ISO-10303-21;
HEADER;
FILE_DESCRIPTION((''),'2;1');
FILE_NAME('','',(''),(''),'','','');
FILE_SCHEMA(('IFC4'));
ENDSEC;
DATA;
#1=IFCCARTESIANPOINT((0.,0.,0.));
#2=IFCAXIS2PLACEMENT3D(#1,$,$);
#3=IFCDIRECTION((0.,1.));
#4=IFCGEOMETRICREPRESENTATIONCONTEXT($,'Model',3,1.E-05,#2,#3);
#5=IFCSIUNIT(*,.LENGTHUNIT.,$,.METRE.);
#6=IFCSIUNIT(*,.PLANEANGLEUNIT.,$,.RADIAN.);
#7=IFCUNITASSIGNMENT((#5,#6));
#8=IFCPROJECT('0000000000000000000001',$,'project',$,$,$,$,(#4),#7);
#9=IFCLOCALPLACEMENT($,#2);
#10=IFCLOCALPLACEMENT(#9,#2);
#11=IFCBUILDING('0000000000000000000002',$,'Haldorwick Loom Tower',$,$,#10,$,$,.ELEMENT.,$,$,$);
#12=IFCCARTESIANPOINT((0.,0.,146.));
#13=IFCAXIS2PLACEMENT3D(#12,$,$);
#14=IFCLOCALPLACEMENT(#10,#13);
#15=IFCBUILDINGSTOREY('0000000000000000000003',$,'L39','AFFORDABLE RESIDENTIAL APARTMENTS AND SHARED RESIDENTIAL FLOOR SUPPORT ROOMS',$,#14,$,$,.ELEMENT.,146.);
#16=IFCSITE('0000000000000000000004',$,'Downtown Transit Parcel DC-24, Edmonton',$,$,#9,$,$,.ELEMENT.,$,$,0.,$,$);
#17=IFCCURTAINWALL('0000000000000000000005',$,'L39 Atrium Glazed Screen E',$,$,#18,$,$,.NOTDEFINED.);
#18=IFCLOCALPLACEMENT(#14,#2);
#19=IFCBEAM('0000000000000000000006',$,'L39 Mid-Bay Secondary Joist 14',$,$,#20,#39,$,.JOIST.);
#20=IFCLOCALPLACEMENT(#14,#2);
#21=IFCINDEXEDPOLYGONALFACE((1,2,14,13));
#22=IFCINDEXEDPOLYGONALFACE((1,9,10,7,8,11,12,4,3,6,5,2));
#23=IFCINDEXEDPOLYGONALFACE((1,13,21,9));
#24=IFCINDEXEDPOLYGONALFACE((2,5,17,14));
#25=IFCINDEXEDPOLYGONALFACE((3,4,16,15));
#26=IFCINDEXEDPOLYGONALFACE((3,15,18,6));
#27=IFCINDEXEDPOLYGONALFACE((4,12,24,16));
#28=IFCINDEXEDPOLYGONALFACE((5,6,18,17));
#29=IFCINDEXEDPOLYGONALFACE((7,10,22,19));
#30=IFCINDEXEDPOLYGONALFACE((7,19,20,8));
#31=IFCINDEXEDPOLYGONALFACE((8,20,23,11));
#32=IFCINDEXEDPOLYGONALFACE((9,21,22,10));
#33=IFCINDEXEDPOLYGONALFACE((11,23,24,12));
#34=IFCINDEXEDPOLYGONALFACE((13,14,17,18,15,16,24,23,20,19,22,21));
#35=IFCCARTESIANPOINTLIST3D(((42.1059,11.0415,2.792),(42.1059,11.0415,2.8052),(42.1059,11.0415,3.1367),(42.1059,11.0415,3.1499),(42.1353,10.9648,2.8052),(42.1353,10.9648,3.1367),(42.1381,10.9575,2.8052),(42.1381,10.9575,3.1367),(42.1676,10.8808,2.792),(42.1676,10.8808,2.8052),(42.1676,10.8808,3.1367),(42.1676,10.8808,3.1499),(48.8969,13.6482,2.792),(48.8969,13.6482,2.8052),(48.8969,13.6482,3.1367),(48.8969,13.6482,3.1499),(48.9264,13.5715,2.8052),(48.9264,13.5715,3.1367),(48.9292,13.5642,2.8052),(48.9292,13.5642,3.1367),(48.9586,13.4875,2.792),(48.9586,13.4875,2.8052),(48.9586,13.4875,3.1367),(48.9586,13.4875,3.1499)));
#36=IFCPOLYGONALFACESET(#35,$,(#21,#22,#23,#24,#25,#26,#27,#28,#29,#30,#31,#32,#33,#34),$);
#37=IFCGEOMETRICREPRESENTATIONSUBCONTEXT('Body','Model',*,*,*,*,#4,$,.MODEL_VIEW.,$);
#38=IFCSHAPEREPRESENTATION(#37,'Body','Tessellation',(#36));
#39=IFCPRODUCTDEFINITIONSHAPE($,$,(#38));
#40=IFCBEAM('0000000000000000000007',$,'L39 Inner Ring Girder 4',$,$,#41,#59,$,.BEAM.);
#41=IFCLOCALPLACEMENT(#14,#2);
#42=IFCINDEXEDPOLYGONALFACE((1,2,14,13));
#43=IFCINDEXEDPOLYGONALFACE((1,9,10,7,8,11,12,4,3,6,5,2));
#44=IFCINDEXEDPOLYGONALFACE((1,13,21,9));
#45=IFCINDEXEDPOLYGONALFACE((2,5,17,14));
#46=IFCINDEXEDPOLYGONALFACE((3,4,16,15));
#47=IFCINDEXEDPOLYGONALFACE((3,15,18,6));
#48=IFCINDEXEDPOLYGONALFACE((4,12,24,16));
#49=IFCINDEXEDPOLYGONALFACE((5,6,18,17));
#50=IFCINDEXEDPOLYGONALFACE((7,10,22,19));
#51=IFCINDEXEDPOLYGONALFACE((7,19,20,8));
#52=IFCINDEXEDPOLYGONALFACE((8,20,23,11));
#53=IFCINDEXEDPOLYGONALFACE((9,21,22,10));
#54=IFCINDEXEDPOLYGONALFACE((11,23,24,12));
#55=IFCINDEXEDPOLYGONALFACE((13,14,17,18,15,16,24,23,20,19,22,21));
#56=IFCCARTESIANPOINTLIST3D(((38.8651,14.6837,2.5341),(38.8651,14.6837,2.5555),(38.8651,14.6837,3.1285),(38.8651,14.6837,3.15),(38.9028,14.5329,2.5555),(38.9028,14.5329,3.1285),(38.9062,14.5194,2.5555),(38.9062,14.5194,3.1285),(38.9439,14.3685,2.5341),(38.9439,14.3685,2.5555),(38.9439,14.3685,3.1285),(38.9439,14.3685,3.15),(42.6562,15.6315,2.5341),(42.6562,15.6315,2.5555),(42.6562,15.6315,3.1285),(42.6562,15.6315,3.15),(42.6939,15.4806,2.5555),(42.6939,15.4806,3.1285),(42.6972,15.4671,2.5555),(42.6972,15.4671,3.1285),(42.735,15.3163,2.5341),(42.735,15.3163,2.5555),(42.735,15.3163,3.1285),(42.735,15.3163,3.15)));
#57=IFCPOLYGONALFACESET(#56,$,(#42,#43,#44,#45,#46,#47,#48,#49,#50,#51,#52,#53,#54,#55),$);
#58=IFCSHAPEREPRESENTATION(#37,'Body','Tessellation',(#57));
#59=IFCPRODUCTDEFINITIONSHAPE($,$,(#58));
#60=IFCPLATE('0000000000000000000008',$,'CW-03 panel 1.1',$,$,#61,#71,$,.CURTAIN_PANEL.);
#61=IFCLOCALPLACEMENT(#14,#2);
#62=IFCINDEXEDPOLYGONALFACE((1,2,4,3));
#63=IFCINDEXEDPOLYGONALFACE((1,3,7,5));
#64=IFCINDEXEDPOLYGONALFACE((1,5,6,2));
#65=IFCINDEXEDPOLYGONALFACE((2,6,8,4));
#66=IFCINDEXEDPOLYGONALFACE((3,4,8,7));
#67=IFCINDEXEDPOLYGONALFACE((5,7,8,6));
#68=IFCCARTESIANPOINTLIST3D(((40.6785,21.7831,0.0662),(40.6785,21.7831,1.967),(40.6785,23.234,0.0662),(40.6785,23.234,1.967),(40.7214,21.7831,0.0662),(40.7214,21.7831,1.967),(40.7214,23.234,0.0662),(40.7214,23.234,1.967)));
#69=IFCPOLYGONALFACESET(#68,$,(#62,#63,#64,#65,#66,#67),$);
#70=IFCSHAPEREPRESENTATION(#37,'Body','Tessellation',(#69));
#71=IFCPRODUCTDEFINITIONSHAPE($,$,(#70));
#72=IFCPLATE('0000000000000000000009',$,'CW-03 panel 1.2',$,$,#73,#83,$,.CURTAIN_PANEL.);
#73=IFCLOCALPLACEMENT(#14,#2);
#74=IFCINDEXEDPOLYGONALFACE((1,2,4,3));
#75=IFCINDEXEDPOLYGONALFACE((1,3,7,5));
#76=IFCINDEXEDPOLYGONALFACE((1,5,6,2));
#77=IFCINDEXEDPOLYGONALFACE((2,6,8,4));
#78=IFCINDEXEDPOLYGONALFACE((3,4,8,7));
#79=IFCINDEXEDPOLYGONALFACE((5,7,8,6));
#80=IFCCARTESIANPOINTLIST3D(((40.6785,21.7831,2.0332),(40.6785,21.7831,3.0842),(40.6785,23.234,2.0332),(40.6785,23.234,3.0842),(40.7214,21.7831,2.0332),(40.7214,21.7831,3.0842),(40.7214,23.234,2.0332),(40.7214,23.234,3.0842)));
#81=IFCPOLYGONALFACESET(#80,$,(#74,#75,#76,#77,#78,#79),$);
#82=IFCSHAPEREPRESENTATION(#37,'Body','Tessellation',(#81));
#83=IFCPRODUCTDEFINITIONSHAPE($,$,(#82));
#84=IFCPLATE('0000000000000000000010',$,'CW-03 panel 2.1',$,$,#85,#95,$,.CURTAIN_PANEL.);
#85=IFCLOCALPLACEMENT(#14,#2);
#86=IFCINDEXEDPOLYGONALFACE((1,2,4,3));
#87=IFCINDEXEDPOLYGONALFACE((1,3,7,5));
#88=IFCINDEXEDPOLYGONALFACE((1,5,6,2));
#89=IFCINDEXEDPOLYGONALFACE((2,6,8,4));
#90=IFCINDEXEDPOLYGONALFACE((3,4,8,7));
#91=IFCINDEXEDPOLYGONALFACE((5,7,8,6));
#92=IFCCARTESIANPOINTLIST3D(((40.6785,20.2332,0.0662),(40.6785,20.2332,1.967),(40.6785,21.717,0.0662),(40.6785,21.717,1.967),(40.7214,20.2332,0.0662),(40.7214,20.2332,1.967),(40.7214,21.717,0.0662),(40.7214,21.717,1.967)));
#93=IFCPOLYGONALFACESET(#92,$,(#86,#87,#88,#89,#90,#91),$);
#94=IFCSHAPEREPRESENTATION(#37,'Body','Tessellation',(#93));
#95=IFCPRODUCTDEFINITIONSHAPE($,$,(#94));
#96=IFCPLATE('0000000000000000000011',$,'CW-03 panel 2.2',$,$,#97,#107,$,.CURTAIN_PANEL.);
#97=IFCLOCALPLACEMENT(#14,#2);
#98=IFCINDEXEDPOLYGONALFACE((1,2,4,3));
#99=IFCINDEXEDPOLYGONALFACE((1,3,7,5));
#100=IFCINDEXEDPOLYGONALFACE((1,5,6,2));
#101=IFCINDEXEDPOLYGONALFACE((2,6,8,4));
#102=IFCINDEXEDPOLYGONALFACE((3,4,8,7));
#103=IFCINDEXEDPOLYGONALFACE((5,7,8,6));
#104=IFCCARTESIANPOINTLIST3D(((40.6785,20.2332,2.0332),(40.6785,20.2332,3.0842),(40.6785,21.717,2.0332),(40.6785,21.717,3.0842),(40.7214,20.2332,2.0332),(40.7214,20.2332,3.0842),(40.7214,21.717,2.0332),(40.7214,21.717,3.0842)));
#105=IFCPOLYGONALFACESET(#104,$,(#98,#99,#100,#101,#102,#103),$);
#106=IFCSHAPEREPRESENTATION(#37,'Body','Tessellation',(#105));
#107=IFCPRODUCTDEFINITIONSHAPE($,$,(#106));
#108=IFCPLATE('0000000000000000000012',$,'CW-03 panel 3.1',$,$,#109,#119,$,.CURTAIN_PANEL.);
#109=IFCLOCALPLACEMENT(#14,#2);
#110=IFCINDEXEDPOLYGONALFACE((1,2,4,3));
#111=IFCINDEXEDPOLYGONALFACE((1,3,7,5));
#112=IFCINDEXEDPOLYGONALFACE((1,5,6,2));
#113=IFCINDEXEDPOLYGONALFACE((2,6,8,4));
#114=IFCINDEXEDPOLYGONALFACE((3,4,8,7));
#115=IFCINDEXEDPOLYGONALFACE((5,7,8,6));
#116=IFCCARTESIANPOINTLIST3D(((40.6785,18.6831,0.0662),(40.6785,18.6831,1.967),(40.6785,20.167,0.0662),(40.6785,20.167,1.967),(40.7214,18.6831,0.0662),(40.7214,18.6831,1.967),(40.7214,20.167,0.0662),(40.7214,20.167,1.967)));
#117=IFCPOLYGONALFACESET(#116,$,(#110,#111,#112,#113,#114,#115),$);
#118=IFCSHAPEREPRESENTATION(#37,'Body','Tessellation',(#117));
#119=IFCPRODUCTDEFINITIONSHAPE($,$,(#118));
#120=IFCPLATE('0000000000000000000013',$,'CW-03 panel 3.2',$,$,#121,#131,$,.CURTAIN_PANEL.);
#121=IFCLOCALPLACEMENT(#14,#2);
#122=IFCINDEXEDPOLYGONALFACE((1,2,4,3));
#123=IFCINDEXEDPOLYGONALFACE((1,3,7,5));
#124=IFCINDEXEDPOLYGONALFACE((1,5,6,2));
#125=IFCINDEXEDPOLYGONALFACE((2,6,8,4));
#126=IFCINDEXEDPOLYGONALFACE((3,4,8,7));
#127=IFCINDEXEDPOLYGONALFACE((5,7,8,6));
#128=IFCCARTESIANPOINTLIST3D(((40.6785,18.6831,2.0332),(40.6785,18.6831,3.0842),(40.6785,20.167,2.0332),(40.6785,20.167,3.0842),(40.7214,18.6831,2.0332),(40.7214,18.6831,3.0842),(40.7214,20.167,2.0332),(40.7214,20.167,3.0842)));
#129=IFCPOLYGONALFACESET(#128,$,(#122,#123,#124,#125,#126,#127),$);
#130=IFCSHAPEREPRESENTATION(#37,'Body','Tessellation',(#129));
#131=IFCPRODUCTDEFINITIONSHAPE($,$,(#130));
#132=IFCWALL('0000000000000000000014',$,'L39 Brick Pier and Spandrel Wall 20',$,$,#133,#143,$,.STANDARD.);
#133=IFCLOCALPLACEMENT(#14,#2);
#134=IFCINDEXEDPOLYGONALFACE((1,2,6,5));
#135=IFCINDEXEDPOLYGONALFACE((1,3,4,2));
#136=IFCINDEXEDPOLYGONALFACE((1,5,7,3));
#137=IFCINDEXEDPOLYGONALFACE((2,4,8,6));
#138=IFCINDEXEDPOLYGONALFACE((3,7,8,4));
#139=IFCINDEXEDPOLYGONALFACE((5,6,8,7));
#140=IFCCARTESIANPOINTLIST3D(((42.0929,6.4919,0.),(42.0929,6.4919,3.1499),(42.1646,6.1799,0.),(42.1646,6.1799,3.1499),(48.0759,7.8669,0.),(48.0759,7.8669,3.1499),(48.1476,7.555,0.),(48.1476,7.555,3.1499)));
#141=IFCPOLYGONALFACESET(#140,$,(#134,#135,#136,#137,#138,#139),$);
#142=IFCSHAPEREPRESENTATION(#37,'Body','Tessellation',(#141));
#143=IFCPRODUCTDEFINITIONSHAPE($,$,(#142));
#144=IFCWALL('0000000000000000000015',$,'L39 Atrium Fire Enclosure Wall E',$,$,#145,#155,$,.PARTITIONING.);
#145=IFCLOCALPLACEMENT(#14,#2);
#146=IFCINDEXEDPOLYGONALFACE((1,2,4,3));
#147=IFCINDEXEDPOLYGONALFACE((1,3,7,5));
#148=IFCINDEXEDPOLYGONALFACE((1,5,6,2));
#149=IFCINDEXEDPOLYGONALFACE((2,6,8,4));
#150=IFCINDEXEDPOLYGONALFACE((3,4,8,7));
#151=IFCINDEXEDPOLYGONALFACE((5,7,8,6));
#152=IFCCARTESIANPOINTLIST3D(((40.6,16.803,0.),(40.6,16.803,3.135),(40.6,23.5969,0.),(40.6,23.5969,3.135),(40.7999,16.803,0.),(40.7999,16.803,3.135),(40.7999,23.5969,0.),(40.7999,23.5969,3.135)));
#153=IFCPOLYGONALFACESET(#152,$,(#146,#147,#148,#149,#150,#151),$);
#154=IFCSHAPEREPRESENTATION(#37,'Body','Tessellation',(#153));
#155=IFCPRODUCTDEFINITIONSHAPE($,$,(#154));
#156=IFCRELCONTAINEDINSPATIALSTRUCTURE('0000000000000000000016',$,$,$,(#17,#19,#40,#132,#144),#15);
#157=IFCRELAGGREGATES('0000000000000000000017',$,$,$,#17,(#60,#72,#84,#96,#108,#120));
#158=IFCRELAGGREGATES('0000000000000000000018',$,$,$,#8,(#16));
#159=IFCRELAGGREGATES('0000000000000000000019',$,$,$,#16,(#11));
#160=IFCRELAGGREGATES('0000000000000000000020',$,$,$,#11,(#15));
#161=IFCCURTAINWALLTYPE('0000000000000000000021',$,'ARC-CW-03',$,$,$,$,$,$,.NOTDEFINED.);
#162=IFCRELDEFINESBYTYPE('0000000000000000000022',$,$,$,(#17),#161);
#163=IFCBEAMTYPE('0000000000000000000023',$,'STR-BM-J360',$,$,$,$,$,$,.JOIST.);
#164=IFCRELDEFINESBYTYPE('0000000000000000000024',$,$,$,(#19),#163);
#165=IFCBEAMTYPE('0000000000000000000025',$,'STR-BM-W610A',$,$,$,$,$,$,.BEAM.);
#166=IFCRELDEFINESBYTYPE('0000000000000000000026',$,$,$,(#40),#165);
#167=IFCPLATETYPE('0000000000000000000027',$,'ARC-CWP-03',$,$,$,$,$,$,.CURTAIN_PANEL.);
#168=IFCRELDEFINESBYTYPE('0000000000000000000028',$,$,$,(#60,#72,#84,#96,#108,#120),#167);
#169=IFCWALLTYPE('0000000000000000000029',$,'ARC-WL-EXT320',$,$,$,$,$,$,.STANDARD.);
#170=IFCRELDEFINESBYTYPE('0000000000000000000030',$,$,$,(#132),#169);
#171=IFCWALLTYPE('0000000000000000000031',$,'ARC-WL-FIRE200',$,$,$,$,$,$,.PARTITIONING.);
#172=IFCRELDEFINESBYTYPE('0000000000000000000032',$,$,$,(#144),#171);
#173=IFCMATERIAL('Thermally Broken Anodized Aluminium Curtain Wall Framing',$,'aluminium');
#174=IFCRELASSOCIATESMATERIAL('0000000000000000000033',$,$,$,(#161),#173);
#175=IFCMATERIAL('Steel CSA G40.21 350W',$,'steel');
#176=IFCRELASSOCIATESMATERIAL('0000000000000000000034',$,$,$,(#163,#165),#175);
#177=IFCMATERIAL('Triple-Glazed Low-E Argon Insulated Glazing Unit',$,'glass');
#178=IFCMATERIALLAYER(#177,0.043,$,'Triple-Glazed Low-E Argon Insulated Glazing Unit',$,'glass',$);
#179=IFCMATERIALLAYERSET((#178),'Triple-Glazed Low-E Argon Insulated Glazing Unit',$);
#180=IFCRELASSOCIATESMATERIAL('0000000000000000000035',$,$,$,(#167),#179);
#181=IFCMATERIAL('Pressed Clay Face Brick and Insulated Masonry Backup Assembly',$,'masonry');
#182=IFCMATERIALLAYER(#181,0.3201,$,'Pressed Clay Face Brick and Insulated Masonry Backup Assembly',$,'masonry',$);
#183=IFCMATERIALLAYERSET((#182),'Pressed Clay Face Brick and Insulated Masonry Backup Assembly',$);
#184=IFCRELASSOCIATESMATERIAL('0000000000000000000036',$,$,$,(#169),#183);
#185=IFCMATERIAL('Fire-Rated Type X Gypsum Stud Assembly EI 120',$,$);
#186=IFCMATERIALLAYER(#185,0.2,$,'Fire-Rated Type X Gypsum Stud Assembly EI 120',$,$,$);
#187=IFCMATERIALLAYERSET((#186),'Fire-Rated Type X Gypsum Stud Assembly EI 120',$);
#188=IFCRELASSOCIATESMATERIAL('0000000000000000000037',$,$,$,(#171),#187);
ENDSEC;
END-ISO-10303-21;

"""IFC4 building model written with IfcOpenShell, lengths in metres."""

from ifc_helpers import new_model, si_unit, direction, frame, frame_2d, origin, origin_2d, place, context, subcontext, project, spatial, rectangle, i_section, extrude, material, layer, layer_set, material_profile, profile_set, type_object, element, aggregate, save


model = new_model("IFC4")

# Units and contexts
model_context = context("Model", 3, precision=1e-05, world=origin(), true_north=direction((0.0, 1.0)))
body_context = subcontext(model_context, "Body", "Model", "MODEL_VIEW")
ifc_project = project(units=[si_unit("LENGTHUNIT", "METRE"), si_unit("PLANEANGLEUNIT", "RADIAN")], contexts=[model_context])

# Site, building, storey
site_placement = place(None, origin())
site = spatial("IfcSite", under=ifc_project, at=site_placement, Name="Downtown Transit Parcel DC-24, Edmonton", CompositionType="ELEMENT", RefElevation=0.0)
building_placement = place(site_placement, origin())
building = spatial("IfcBuilding", under=site, at=building_placement, Name="Haldorwick Loom Tower", CompositionType="ELEMENT")
storey_placement = place(building_placement, frame((0.0, 0.0, 146.0)))
storey = spatial("IfcBuildingStorey", under=building, at=storey_placement, Name="L39", Description="AFFORDABLE RESIDENTIAL APARTMENTS AND SHARED RESIDENTIAL FLOOR SUPPORT ROOMS", CompositionType="ELEMENT", Elevation=146.0)

# Curtain wall
ifc_material_1 = material(Name="Thermally Broken Anodized Aluminium Curtain Wall Framing", Category="aluminium")
curtain_wall_type = type_object("IfcCurtainWallType", Name="ARC-CW-03", PredefinedType="NOTDEFINED", material=ifc_material_1)
curtain_wall_placement = place(storey_placement, origin())
curtain_wall = element("IfcCurtainWall", 1, at=curtain_wall_placement, inside=storey, type_object=curtain_wall_type, Name="L39 Atrium Glazed Screen E", PredefinedType="NOTDEFINED")

# Beams
ifc_material_2 = material(Name="Steel CSA G40.21 350W", Category="steel")
ifc_material_profile_1 = material_profile(ifc_material_2, i_section(OverallWidth=0.1721, OverallDepth=0.3579, WebThickness=0.0078, FlangeThickness=0.0132, at=origin_2d()), Name="W360X57", Category="steel")
ifc_profile_set_1 = profile_set([ifc_material_profile_1], Name="Steel CSA G40.21 350W")
beam_type_1 = type_object("IfcBeamType", Name="STR-BM-J360", PredefinedType="JOIST", material=ifc_profile_set_1)
beam_1_placement = place(storey_placement, frame((42.1367, 10.9612, 2.9709), z_axis=(0.933587, 0.358352, 0.0), x_axis=(-0.358352, 0.933587, 0.0)))
element("IfcBeam", 2, at=beam_1_placement, inside=storey, type_object=beam_type_1, Name="L39 Mid-Bay Secondary Joist 14", PredefinedType="JOIST", context=body_context, shape_type="SweptSolid", body=[
    extrude(i_section(OverallWidth=0.1721, OverallDepth=0.3579, WebThickness=0.0078, FlangeThickness=0.0132, at=origin_2d()), origin(), (0.0, 0.0, 1.0), 7.2742),
])
ifc_material_profile_2 = material_profile(ifc_material_2, i_section(OverallWidth=0.325, OverallDepth=0.616, WebThickness=0.0139, FlangeThickness=0.0215, at=origin_2d()), Name="W610X174", Category="steel")
ifc_profile_set_2 = profile_set([ifc_material_profile_2], Name="Steel CSA G40.21 350W")
beam_type_2 = type_object("IfcBeamType", Name="STR-BM-W610A", PredefinedType="BEAM", material=ifc_profile_set_2)
beam_2_placement = place(storey_placement, frame((42.6956, 15.4739, 2.842), z_axis=(-0.970143, -0.242536, 0.0), x_axis=(0.242536, -0.970143, 0.0)))
element("IfcBeam", 3, at=beam_2_placement, inside=storey, type_object=beam_type_2, Name="L39 Inner Ring Girder 4", PredefinedType="BEAM", context=body_context, shape_type="SweptSolid", body=[
    extrude(i_section(OverallWidth=0.325, OverallDepth=0.616, WebThickness=0.0139, FlangeThickness=0.0215, at=origin_2d()), origin(), (0.0, 0.0, 1.0), 3.9077),
])

# Plates
ifc_material_3 = material(Name="Triple-Glazed Low-E Argon Insulated Glazing Unit", Category="glass")
ifc_layer_1 = layer(ifc_material_3, 0.043, Name="Triple-Glazed Low-E Argon Insulated Glazing Unit", Category="glass")
ifc_layer_set_1 = layer_set([ifc_layer_1], Name="Triple-Glazed Low-E Argon Insulated Glazing Unit")
plate_type = type_object("IfcPlateType", Name="ARC-CWP-03", PredefinedType="CURTAIN_PANEL", material=ifc_layer_set_1)
plate_1_placement = place(storey_placement, frame((40.7, 22.5085, 0.0662), z_axis=(0.0, 0.0, 1.0), x_axis=(0.0, -1.0, 0.0)))
plate_1 = element("IfcPlate", 4, at=plate_1_placement, type_object=plate_type, Name="CW-03 panel 1.1", PredefinedType="CURTAIN_PANEL", context=body_context, shape_type="SweptSolid", body=[
    extrude(rectangle(XDim=1.4509, YDim=0.043, at=origin_2d()), origin(), (0.0, 0.0, 1.0), 1.9009),
])
plate_2_placement = place(storey_placement, frame((40.7, 22.5085, 2.0332), z_axis=(0.0, 0.0, 1.0), x_axis=(0.0, -1.0, 0.0)))
plate_2 = element("IfcPlate", 5, at=plate_2_placement, type_object=plate_type, Name="CW-03 panel 1.2", PredefinedType="CURTAIN_PANEL", context=body_context, shape_type="SweptSolid", body=[
    extrude(rectangle(XDim=1.4509, YDim=0.043, at=origin_2d()), origin(), (0.0, 0.0, 1.0), 1.051),
])
plate_3_placement = place(storey_placement, frame((40.7, 20.9751, 0.0662), z_axis=(0.0, 0.0, 1.0), x_axis=(0.0, -1.0, 0.0)))
plate_3 = element("IfcPlate", 6, at=plate_3_placement, type_object=plate_type, Name="CW-03 panel 2.1", PredefinedType="CURTAIN_PANEL", context=body_context, shape_type="SweptSolid", body=[
    extrude(rectangle(XDim=1.4839, YDim=0.043, at=origin_2d()), origin(), (0.0, 0.0, 1.0), 1.9009),
])
plate_4_placement = place(storey_placement, frame((40.7, 20.9751, 2.0332), z_axis=(0.0, 0.0, 1.0), x_axis=(0.0, -1.0, 0.0)))
plate_4 = element("IfcPlate", 7, at=plate_4_placement, type_object=plate_type, Name="CW-03 panel 2.2", PredefinedType="CURTAIN_PANEL", context=body_context, shape_type="SweptSolid", body=[
    extrude(rectangle(XDim=1.4839, YDim=0.043, at=origin_2d()), origin(), (0.0, 0.0, 1.0), 1.051),
])
plate_5_placement = place(storey_placement, frame((40.7, 19.425, 0.0662), z_axis=(0.0, 0.0, 1.0), x_axis=(0.0, -1.0, 0.0)))
plate_5 = element("IfcPlate", 8, at=plate_5_placement, type_object=plate_type, Name="CW-03 panel 3.1", PredefinedType="CURTAIN_PANEL", context=body_context, shape_type="SweptSolid", body=[
    extrude(rectangle(XDim=1.4839, YDim=0.043, at=origin_2d()), origin(), (0.0, 0.0, 1.0), 1.9009),
])
plate_6_placement = place(storey_placement, frame((40.7, 19.425, 2.0332), z_axis=(0.0, 0.0, 1.0), x_axis=(0.0, -1.0, 0.0)))
plate_6 = element("IfcPlate", 9, at=plate_6_placement, type_object=plate_type, Name="CW-03 panel 3.2", PredefinedType="CURTAIN_PANEL", context=body_context, shape_type="SweptSolid", body=[
    extrude(rectangle(XDim=1.4839, YDim=0.043, at=origin_2d()), origin(), (0.0, 0.0, 1.0), 1.051),
])
aggregate(curtain_wall, [plate_1, plate_2, plate_3, plate_4, plate_5, plate_6])

# Walls
ifc_material_4 = material(Name="Pressed Clay Face Brick and Insulated Masonry Backup Assembly", Category="masonry")
ifc_layer_2 = layer(ifc_material_4, 0.3201, Name="Pressed Clay Face Brick and Insulated Masonry Backup Assembly", Category="masonry")
ifc_layer_set_2 = layer_set([ifc_layer_2], Name="Pressed Clay Face Brick and Insulated Masonry Backup Assembly")
wall_type_1 = type_object("IfcWallType", Name="ARC-WL-EXT320", PredefinedType="STANDARD", material=ifc_layer_set_2)
wall_1_placement = place(storey_placement, frame((42.1289, 6.3359, 0.0), z_axis=(0.0, 0.0, 1.0), x_axis=(0.974593, 0.223982, 0.0)))
element("IfcWall", 10, at=wall_1_placement, inside=storey, type_object=wall_type_1, Name="L39 Brick Pier and Spandrel Wall 20", PredefinedType="STANDARD", context=body_context, shape_type="SweptSolid", body=[
    extrude(rectangle(XDim=6.1389, YDim=0.3201, at=frame_2d((3.0693, 0.0))), origin(), (0.0, 0.0, 1.0), 3.1499),
])
ifc_material_5 = material(Name="Fire-Rated Type X Gypsum Stud Assembly EI 120")
ifc_layer_3 = layer(ifc_material_5, 0.2, Name="Fire-Rated Type X Gypsum Stud Assembly EI 120")
ifc_layer_set_3 = layer_set([ifc_layer_3], Name="Fire-Rated Type X Gypsum Stud Assembly EI 120")
wall_type_2 = type_object("IfcWallType", Name="ARC-WL-FIRE200", PredefinedType="PARTITIONING", material=ifc_layer_set_3)
wall_2_placement = place(storey_placement, frame((40.7, 23.5969, 0.0), z_axis=(0.0, 0.0, 1.0), x_axis=(0.0, -1.0, 0.0)))
element("IfcWall", 11, at=wall_2_placement, inside=storey, type_object=wall_type_2, Name="L39 Atrium Fire Enclosure Wall E", PredefinedType="PARTITIONING", context=body_context, shape_type="SweptSolid", body=[
    extrude(rectangle(XDim=6.7939, YDim=0.2, at=frame_2d((3.397, 0.0))), origin(), (0.0, 0.0, 1.0), 3.135),
])

save(model, "model.ifc")
